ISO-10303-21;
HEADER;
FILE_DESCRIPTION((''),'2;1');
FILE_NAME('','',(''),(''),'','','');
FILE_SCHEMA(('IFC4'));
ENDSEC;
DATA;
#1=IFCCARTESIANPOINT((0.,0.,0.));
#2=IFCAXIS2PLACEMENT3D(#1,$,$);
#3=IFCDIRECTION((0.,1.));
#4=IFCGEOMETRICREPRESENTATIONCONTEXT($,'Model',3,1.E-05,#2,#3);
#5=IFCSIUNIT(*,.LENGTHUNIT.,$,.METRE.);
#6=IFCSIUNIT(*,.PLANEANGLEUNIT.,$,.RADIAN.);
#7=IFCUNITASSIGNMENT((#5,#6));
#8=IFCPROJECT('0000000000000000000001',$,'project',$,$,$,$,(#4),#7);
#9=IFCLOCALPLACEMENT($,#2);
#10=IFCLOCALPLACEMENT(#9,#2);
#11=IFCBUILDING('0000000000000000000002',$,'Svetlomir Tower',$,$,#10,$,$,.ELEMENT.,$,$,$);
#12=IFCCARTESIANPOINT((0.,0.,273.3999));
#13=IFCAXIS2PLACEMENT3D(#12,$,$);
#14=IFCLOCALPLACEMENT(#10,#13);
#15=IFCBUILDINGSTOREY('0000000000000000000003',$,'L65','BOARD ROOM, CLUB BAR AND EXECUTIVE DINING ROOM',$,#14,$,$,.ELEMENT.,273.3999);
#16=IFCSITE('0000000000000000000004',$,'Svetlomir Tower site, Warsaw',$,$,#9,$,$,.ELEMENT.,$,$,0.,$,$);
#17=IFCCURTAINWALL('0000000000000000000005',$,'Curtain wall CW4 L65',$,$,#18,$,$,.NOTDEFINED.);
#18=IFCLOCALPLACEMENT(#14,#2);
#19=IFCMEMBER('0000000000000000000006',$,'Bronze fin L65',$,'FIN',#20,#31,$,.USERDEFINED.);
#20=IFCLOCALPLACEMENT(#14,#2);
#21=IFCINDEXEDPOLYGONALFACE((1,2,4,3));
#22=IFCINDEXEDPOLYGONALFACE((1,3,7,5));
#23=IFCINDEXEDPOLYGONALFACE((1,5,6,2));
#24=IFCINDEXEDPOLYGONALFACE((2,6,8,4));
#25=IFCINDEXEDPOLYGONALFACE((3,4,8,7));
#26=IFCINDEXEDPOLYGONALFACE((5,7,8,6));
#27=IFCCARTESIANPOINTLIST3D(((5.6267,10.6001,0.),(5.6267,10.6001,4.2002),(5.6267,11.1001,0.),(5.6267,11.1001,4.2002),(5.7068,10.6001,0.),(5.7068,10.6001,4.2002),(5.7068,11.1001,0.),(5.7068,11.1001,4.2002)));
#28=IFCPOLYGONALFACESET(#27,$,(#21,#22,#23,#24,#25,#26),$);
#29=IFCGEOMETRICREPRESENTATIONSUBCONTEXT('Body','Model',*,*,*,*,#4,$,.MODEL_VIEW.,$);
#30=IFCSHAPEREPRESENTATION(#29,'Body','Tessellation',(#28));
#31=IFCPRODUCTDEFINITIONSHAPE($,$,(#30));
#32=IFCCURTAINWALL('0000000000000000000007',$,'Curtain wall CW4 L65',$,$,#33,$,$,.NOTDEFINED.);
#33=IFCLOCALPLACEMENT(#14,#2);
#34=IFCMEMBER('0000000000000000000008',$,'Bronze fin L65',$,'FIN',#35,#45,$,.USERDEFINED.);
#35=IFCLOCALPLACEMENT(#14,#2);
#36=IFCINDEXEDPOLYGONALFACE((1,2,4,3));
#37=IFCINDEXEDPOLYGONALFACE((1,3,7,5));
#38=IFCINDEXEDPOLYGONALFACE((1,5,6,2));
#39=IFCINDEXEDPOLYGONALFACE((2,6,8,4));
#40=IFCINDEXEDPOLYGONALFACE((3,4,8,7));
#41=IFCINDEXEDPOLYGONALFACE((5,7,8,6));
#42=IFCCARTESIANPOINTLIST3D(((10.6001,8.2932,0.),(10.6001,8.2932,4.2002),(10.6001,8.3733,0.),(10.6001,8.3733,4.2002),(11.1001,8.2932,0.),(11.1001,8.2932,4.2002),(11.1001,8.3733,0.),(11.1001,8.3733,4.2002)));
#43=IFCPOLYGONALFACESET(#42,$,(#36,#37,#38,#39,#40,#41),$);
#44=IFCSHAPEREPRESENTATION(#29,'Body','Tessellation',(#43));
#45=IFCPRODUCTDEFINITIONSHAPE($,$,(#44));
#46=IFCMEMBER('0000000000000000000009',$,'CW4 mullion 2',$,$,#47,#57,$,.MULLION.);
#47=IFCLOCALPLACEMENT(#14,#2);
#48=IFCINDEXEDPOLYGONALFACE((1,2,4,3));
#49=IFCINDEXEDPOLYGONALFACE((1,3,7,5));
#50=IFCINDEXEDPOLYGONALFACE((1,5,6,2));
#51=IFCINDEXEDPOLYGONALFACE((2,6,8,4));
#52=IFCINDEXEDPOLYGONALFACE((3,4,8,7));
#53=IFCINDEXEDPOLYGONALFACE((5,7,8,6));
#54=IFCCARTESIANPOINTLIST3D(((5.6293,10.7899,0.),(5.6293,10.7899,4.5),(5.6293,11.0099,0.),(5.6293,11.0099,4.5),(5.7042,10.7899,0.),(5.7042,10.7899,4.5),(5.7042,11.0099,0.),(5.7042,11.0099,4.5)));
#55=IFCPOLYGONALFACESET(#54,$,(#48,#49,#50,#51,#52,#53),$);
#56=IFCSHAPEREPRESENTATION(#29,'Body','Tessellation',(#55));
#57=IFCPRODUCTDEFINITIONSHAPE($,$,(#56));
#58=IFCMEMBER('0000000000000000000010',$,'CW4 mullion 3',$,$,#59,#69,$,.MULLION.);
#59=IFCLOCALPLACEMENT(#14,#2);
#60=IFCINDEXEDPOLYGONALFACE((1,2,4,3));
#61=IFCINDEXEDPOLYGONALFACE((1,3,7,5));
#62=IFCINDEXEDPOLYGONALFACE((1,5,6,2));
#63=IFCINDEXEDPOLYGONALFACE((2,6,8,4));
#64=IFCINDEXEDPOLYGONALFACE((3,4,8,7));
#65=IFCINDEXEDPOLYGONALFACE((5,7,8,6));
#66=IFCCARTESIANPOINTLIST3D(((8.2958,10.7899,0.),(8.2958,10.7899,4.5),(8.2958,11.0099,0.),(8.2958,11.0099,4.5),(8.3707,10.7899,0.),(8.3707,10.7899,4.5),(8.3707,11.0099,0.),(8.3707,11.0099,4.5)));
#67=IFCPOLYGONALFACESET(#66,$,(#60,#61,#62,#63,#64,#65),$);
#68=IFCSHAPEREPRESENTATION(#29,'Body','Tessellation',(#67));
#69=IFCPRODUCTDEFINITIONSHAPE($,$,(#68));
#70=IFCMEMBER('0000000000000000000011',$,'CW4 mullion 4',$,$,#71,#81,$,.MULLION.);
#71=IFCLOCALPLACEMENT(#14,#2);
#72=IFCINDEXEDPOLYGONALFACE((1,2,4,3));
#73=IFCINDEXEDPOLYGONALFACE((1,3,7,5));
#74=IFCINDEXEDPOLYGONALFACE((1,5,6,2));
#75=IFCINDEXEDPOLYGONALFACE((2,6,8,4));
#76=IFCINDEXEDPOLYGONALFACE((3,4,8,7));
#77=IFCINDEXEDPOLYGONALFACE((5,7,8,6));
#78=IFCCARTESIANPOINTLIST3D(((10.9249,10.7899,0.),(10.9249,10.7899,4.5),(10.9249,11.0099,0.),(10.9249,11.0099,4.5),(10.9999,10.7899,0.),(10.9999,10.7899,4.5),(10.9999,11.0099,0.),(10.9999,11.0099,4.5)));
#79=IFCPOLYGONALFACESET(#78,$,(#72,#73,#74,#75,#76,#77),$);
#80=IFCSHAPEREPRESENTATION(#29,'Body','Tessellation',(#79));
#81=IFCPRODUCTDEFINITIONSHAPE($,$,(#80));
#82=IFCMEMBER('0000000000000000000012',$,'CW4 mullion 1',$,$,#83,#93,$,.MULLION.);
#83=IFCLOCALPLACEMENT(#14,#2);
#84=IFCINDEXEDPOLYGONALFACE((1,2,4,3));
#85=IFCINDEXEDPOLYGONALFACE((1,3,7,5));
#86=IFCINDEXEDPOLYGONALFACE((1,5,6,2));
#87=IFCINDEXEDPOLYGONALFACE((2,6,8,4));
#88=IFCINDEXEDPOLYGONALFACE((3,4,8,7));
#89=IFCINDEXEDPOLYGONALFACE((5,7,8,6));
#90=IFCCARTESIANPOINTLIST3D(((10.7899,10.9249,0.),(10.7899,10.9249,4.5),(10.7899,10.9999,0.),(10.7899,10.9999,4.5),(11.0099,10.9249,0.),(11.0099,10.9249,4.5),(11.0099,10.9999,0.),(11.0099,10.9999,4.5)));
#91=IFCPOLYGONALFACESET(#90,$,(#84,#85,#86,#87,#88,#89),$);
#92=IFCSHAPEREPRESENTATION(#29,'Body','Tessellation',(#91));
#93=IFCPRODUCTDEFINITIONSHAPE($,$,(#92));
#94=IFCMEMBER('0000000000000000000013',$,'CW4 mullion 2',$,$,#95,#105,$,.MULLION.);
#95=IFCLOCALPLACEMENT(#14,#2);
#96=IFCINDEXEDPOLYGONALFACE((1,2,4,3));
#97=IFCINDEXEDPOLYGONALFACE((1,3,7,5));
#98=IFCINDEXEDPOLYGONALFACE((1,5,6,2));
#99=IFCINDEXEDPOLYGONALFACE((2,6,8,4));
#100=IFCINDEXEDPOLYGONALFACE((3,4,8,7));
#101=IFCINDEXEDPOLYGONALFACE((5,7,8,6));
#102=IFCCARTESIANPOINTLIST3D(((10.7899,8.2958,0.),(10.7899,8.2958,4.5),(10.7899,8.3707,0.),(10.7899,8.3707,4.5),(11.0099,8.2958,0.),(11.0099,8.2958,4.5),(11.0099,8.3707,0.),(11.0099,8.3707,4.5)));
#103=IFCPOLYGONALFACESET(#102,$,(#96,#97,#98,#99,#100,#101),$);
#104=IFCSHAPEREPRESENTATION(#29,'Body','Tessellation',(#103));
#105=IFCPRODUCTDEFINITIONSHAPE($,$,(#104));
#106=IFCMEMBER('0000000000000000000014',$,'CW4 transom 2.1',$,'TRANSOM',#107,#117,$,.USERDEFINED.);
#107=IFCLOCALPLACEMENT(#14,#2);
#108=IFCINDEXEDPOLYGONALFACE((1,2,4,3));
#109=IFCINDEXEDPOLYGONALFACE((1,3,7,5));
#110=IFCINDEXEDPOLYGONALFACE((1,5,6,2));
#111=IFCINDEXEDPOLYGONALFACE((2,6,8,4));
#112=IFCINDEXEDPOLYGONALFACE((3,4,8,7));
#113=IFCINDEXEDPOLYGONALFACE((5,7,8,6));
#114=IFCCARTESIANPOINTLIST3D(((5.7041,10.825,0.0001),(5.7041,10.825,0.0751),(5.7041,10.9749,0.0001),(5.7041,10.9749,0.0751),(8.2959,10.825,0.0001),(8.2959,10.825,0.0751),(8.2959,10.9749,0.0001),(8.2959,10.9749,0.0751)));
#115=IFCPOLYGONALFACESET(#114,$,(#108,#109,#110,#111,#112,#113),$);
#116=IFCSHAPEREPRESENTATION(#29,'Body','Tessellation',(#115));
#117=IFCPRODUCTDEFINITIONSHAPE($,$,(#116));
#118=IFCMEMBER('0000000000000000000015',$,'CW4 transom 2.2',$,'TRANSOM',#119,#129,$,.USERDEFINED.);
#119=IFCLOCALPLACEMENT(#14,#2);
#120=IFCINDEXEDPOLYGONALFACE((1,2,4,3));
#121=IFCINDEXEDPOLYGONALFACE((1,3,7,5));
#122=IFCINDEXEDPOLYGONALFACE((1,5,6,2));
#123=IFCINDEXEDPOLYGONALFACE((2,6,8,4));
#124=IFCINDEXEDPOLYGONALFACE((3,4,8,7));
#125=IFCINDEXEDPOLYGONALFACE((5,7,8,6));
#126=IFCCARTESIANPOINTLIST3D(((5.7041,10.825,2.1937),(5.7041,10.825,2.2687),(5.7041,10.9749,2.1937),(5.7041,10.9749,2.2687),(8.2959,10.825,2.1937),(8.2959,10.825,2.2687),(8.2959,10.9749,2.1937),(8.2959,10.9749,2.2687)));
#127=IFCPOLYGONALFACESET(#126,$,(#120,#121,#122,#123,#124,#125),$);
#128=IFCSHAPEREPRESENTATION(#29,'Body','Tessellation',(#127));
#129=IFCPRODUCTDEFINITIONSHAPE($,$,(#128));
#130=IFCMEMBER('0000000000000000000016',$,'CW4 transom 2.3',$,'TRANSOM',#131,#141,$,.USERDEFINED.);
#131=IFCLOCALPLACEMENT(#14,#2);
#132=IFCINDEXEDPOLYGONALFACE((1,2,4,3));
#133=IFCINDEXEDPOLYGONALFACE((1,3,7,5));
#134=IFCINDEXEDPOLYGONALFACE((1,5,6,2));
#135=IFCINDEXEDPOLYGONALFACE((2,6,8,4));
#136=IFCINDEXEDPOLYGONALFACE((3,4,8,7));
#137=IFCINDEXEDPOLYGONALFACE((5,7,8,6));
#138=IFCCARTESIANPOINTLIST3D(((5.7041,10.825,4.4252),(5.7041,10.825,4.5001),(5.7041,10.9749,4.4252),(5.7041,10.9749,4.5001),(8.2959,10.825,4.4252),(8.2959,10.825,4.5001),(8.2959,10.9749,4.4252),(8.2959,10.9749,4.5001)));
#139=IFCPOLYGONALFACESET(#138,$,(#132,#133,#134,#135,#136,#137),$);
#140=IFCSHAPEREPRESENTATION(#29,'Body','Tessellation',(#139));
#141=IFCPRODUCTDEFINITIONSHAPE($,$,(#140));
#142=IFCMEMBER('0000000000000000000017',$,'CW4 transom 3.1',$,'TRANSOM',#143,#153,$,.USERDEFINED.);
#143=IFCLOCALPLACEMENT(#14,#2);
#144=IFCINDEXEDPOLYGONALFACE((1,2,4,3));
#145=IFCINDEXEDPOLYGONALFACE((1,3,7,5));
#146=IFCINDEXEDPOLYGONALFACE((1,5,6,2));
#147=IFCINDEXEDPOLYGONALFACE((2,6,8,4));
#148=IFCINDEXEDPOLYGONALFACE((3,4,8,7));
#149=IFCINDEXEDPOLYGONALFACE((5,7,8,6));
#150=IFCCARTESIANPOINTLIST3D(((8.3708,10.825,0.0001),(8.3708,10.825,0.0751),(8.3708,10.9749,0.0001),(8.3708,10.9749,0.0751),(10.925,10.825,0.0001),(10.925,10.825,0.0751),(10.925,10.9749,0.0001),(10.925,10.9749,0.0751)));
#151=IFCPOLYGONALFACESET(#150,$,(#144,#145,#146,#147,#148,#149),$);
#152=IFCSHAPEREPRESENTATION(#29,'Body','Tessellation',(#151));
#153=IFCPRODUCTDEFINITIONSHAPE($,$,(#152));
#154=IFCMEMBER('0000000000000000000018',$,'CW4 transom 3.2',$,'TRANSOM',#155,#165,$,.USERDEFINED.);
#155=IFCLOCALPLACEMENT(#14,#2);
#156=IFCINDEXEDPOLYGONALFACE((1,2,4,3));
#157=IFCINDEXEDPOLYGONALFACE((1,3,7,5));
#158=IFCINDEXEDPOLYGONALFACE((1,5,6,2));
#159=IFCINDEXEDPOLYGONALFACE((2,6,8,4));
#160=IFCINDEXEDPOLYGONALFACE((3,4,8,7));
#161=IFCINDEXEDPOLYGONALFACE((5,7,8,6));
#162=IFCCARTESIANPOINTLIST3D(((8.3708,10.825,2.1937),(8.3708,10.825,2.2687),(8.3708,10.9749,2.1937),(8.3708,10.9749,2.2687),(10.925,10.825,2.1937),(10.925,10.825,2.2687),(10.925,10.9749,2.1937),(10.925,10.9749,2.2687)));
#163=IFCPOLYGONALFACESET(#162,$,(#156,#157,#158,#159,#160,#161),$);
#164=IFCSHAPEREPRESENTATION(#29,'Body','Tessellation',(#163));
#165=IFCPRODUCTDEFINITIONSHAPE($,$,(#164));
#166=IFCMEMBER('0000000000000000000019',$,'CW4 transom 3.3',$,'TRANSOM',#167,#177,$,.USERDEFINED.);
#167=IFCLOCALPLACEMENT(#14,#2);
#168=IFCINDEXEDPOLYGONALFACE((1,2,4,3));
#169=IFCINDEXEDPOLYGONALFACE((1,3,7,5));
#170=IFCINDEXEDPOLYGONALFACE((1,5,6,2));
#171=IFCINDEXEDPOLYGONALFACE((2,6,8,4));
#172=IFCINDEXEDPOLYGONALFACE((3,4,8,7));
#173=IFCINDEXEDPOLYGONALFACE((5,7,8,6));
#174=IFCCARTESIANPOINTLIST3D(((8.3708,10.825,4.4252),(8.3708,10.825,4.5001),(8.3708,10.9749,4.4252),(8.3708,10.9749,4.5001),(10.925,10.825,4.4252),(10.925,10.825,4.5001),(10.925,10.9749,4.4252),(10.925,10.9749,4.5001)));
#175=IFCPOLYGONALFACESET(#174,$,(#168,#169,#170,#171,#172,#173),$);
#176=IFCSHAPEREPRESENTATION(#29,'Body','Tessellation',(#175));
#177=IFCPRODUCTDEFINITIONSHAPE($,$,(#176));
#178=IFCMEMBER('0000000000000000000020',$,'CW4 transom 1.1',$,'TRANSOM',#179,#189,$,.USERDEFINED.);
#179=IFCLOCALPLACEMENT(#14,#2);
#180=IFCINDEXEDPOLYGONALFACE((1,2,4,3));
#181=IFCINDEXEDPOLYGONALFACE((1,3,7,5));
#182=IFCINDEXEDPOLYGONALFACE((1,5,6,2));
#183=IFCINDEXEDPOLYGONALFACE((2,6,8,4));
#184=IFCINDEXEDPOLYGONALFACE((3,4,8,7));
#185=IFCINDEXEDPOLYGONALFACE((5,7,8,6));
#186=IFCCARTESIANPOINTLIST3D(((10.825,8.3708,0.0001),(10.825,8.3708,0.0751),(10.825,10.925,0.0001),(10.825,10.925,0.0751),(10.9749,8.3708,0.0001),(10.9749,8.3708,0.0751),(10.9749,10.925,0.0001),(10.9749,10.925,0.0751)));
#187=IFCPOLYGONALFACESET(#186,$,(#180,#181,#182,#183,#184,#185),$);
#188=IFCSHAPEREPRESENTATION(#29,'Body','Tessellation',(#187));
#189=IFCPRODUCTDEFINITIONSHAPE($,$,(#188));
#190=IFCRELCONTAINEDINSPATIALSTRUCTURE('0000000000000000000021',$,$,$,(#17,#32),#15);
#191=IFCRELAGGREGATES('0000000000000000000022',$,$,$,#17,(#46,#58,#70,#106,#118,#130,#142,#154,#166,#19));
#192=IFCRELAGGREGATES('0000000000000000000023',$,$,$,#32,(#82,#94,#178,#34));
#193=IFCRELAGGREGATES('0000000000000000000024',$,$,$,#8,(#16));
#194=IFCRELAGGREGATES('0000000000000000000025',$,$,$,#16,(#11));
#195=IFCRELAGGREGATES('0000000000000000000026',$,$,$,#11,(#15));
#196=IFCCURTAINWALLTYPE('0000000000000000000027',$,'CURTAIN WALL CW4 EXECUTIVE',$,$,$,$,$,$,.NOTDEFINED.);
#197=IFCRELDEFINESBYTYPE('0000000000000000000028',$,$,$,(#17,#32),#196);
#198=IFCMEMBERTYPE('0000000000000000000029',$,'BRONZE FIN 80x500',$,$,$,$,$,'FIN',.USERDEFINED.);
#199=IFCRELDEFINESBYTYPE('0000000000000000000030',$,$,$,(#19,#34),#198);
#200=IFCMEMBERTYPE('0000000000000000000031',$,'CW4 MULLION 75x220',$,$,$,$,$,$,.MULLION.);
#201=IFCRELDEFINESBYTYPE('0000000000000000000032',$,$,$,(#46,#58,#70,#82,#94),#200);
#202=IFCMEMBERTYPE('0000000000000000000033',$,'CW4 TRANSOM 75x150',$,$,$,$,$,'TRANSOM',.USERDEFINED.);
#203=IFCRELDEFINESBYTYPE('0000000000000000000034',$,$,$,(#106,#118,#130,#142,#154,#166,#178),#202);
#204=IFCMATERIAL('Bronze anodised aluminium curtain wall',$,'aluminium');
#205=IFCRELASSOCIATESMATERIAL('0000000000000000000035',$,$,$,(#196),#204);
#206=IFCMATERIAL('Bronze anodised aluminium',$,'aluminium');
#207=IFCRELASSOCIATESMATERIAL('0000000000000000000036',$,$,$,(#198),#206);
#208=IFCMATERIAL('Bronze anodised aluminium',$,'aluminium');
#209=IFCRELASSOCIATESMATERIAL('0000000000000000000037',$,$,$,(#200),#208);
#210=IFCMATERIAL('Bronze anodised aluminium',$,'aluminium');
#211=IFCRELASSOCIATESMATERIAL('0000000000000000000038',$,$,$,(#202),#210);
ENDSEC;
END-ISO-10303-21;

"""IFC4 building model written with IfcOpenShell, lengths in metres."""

from ifc_helpers import new_model, si_unit, direction, frame, origin, origin_2d, place, context, subcontext, project, spatial, rectangle, extrude, material, material_profile, profile_set, type_object, element, aggregate, save


model = new_model("IFC4")

# Units and contexts
model_context = context("Model", 3, precision=1e-05, world=origin(), true_north=direction((0.0, 1.0)))
body_context = subcontext(model_context, "Body", "Model", "MODEL_VIEW")
ifc_project = project(units=[si_unit("LENGTHUNIT", "METRE"), si_unit("PLANEANGLEUNIT", "RADIAN")], contexts=[model_context])

# Site, building, storey
site_placement = place(None, origin())
site = spatial("IfcSite", under=ifc_project, at=site_placement, Name="Svetlomir Tower site, Warsaw", CompositionType="ELEMENT", RefElevation=0.0)
building_placement = place(site_placement, origin())
building = spatial("IfcBuilding", under=site, at=building_placement, Name="Svetlomir Tower", CompositionType="ELEMENT")
storey_placement = place(building_placement, frame((0.0, 0.0, 273.3999)))
storey = spatial("IfcBuildingStorey", under=building, at=storey_placement, Name="L65", Description="BOARD ROOM, CLUB BAR AND EXECUTIVE DINING ROOM", CompositionType="ELEMENT", Elevation=273.3999)

# Curtain walls, members
ifc_material_1 = material(Name="Bronze anodised aluminium curtain wall", Category="aluminium")
curtain_wall_type = type_object("IfcCurtainWallType", Name="CURTAIN WALL CW4 EXECUTIVE", PredefinedType="NOTDEFINED", material=ifc_material_1)
curtain_wall_1_placement = place(storey_placement, origin())
curtain_wall_1 = element("IfcCurtainWall", 1, at=curtain_wall_1_placement, inside=storey, type_object=curtain_wall_type, Name="Curtain wall CW4 L65", PredefinedType="NOTDEFINED")
ifc_material_2 = material(Name="Bronze anodised aluminium", Category="aluminium")
ifc_material_profile_1 = material_profile(ifc_material_2, rectangle(XDim=0.0801, YDim=0.5, at=origin_2d()), Name="FIN 80x500")
ifc_profile_set_1 = profile_set([ifc_material_profile_1], Name="Bronze anodised aluminium 6063-T6")
member_type_1 = type_object("IfcMemberType", Name="BRONZE FIN 80x500", ElementType="FIN", PredefinedType="USERDEFINED", material=ifc_profile_set_1)
member_1_placement = place(storey_placement, frame((5.6667, 10.8501, 0.0), z_axis=(0.0, 0.0, 1.0), x_axis=(1.0, 0.0, 0.0)))
member_1 = element("IfcMember", 2, at=member_1_placement, type_object=member_type_1, Name="Bronze fin L65", ObjectType="FIN", PredefinedType="USERDEFINED", context=body_context, shape_type="SweptSolid", body=[
    extrude(rectangle(XDim=0.0801, YDim=0.5, at=origin_2d()), origin(), (0.0, 0.0, 1.0), 4.2002),
])
curtain_wall_2_placement = place(storey_placement, origin())
curtain_wall_2 = element("IfcCurtainWall", 3, at=curtain_wall_2_placement, inside=storey, type_object=curtain_wall_type, Name="Curtain wall CW4 L65", PredefinedType="NOTDEFINED")
member_2_placement = place(storey_placement, frame((10.8501, 8.3333, 0.0), z_axis=(0.0, 0.0, 1.0), x_axis=(0.0, 1.0, 0.0)))
member_2 = element("IfcMember", 4, at=member_2_placement, type_object=member_type_1, Name="Bronze fin L65", ObjectType="FIN", PredefinedType="USERDEFINED", context=body_context, shape_type="SweptSolid", body=[
    extrude(rectangle(XDim=0.0801, YDim=0.5, at=origin_2d()), origin(), (0.0, 0.0, 1.0), 4.2002),
])

# Members
ifc_material_3 = material(Name="Bronze anodised aluminium", Category="aluminium")
ifc_material_profile_2 = material_profile(ifc_material_3, rectangle(XDim=0.075, YDim=0.22, at=origin_2d()), Name="AL 75x220")
ifc_profile_set_2 = profile_set([ifc_material_profile_2], Name="Bronze anodised aluminium 6063-T6")
member_type_2 = type_object("IfcMemberType", Name="CW4 MULLION 75x220", PredefinedType="MULLION", material=ifc_profile_set_2)
member_3_placement = place(storey_placement, frame((5.6667, 10.8999, 0.0), z_axis=(0.0, 0.0, 1.0), x_axis=(1.0, 0.0, 0.0)))
member_3 = element("IfcMember", 5, at=member_3_placement, type_object=member_type_2, Name="CW4 mullion 2", PredefinedType="MULLION", context=body_context, shape_type="SweptSolid", body=[
    extrude(rectangle(XDim=0.075, YDim=0.22, at=origin_2d()), origin(), (0.0, 0.0, 1.0), 4.5),
])
member_4_placement = place(storey_placement, frame((8.3333, 10.8999, 0.0), z_axis=(0.0, 0.0, 1.0), x_axis=(1.0, 0.0, 0.0)))
member_4 = element("IfcMember", 6, at=member_4_placement, type_object=member_type_2, Name="CW4 mullion 3", PredefinedType="MULLION", context=body_context, shape_type="SweptSolid", body=[
    extrude(rectangle(XDim=0.075, YDim=0.22, at=origin_2d()), origin(), (0.0, 0.0, 1.0), 4.5),
])
member_5_placement = place(storey_placement, frame((10.9624, 10.8999, 0.0), z_axis=(0.0, 0.0, 1.0), x_axis=(1.0, 0.0, 0.0)))
member_5 = element("IfcMember", 7, at=member_5_placement, type_object=member_type_2, Name="CW4 mullion 4", PredefinedType="MULLION", context=body_context, shape_type="SweptSolid", body=[
    extrude(rectangle(XDim=0.075, YDim=0.22, at=origin_2d()), origin(), (0.0, 0.0, 1.0), 4.5),
])
member_6_placement = place(storey_placement, frame((10.8999, 10.9624, 0.0), z_axis=(0.0, 0.0, 1.0), x_axis=(0.0, -1.0, 0.0)))
member_6 = element("IfcMember", 8, at=member_6_placement, type_object=member_type_2, Name="CW4 mullion 1", PredefinedType="MULLION", context=body_context, shape_type="SweptSolid", body=[
    extrude(rectangle(XDim=0.075, YDim=0.22, at=origin_2d()), origin(), (0.0, 0.0, 1.0), 4.5),
])
member_7_placement = place(storey_placement, frame((10.8999, 8.3333, 0.0), z_axis=(0.0, 0.0, 1.0), x_axis=(0.0, -1.0, 0.0)))
member_7 = element("IfcMember", 9, at=member_7_placement, type_object=member_type_2, Name="CW4 mullion 2", PredefinedType="MULLION", context=body_context, shape_type="SweptSolid", body=[
    extrude(rectangle(XDim=0.075, YDim=0.22, at=origin_2d()), origin(), (0.0, 0.0, 1.0), 4.5),
])
ifc_material_4 = material(Name="Bronze anodised aluminium", Category="aluminium")
ifc_material_profile_3 = material_profile(ifc_material_4, rectangle(XDim=0.1499, YDim=0.075, at=origin_2d()), Name="AL 150x75")
ifc_profile_set_3 = profile_set([ifc_material_profile_3], Name="Bronze anodised aluminium 6063-T6")
member_type_3 = type_object("IfcMemberType", Name="CW4 TRANSOM 75x150", ElementType="TRANSOM", PredefinedType="USERDEFINED", material=ifc_profile_set_3)
member_8_placement = place(storey_placement, frame((5.7041, 10.8999, 0.0376), z_axis=(1.0, 0.0, 0.0), x_axis=(0.0, 1.0, 0.0)))
member_8 = element("IfcMember", 10, at=member_8_placement, type_object=member_type_3, Name="CW4 transom 2.1", ObjectType="TRANSOM", PredefinedType="USERDEFINED", context=body_context, shape_type="SweptSolid", body=[
    extrude(rectangle(XDim=0.1499, YDim=0.075, at=origin_2d()), origin(), (0.0, 0.0, 1.0), 2.5918),
])
member_9_placement = place(storey_placement, frame((5.7041, 10.8999, 2.2312), z_axis=(1.0, 0.0, 0.0), x_axis=(0.0, 1.0, 0.0)))
member_9 = element("IfcMember", 11, at=member_9_placement, type_object=member_type_3, Name="CW4 transom 2.2", ObjectType="TRANSOM", PredefinedType="USERDEFINED", context=body_context, shape_type="SweptSolid", body=[
    extrude(rectangle(XDim=0.1499, YDim=0.075, at=origin_2d()), origin(), (0.0, 0.0, 1.0), 2.5918),
])
member_10_placement = place(storey_placement, frame((5.7041, 10.8999, 4.4626), z_axis=(1.0, 0.0, 0.0), x_axis=(0.0, 1.0, 0.0)))
member_10 = element("IfcMember", 12, at=member_10_placement, type_object=member_type_3, Name="CW4 transom 2.3", ObjectType="TRANSOM", PredefinedType="USERDEFINED", context=body_context, shape_type="SweptSolid", body=[
    extrude(rectangle(XDim=0.1499, YDim=0.075, at=origin_2d()), origin(), (0.0, 0.0, 1.0), 2.5918),
])
member_11_placement = place(storey_placement, frame((8.3708, 10.8999, 0.0376), z_axis=(1.0, 0.0, 0.0), x_axis=(0.0, 1.0, 0.0)))
member_11 = element("IfcMember", 13, at=member_11_placement, type_object=member_type_3, Name="CW4 transom 3.1", ObjectType="TRANSOM", PredefinedType="USERDEFINED", context=body_context, shape_type="SweptSolid", body=[
    extrude(rectangle(XDim=0.1499, YDim=0.075, at=origin_2d()), origin(), (0.0, 0.0, 1.0), 2.5542),
])
member_12_placement = place(storey_placement, frame((8.3708, 10.8999, 2.2312), z_axis=(1.0, 0.0, 0.0), x_axis=(0.0, 1.0, 0.0)))
member_12 = element("IfcMember", 14, at=member_12_placement, type_object=member_type_3, Name="CW4 transom 3.2", ObjectType="TRANSOM", PredefinedType="USERDEFINED", context=body_context, shape_type="SweptSolid", body=[
    extrude(rectangle(XDim=0.1499, YDim=0.075, at=origin_2d()), origin(), (0.0, 0.0, 1.0), 2.5542),
])
member_13_placement = place(storey_placement, frame((8.3708, 10.8999, 4.4626), z_axis=(1.0, 0.0, 0.0), x_axis=(0.0, 1.0, 0.0)))
member_13 = element("IfcMember", 15, at=member_13_placement, type_object=member_type_3, Name="CW4 transom 3.3", ObjectType="TRANSOM", PredefinedType="USERDEFINED", context=body_context, shape_type="SweptSolid", body=[
    extrude(rectangle(XDim=0.1499, YDim=0.075, at=origin_2d()), origin(), (0.0, 0.0, 1.0), 2.5542),
])
member_14_placement = place(storey_placement, frame((10.8999, 10.925, 0.0376), z_axis=(0.0, -1.0, 0.0), x_axis=(1.0, 0.0, 0.0)))
member_14 = element("IfcMember", 16, at=member_14_placement, type_object=member_type_3, Name="CW4 transom 1.1", ObjectType="TRANSOM", PredefinedType="USERDEFINED", context=body_context, shape_type="SweptSolid", body=[
    extrude(rectangle(XDim=0.1499, YDim=0.075, at=origin_2d()), origin(), (0.0, 0.0, 1.0), 2.5542),
])

aggregate(curtain_wall_1, [member_3, member_4, member_5, member_8, member_9, member_10, member_11, member_12, member_13, member_1])
aggregate(curtain_wall_2, [member_6, member_7, member_14, member_2])

save(model, "model.ifc")
